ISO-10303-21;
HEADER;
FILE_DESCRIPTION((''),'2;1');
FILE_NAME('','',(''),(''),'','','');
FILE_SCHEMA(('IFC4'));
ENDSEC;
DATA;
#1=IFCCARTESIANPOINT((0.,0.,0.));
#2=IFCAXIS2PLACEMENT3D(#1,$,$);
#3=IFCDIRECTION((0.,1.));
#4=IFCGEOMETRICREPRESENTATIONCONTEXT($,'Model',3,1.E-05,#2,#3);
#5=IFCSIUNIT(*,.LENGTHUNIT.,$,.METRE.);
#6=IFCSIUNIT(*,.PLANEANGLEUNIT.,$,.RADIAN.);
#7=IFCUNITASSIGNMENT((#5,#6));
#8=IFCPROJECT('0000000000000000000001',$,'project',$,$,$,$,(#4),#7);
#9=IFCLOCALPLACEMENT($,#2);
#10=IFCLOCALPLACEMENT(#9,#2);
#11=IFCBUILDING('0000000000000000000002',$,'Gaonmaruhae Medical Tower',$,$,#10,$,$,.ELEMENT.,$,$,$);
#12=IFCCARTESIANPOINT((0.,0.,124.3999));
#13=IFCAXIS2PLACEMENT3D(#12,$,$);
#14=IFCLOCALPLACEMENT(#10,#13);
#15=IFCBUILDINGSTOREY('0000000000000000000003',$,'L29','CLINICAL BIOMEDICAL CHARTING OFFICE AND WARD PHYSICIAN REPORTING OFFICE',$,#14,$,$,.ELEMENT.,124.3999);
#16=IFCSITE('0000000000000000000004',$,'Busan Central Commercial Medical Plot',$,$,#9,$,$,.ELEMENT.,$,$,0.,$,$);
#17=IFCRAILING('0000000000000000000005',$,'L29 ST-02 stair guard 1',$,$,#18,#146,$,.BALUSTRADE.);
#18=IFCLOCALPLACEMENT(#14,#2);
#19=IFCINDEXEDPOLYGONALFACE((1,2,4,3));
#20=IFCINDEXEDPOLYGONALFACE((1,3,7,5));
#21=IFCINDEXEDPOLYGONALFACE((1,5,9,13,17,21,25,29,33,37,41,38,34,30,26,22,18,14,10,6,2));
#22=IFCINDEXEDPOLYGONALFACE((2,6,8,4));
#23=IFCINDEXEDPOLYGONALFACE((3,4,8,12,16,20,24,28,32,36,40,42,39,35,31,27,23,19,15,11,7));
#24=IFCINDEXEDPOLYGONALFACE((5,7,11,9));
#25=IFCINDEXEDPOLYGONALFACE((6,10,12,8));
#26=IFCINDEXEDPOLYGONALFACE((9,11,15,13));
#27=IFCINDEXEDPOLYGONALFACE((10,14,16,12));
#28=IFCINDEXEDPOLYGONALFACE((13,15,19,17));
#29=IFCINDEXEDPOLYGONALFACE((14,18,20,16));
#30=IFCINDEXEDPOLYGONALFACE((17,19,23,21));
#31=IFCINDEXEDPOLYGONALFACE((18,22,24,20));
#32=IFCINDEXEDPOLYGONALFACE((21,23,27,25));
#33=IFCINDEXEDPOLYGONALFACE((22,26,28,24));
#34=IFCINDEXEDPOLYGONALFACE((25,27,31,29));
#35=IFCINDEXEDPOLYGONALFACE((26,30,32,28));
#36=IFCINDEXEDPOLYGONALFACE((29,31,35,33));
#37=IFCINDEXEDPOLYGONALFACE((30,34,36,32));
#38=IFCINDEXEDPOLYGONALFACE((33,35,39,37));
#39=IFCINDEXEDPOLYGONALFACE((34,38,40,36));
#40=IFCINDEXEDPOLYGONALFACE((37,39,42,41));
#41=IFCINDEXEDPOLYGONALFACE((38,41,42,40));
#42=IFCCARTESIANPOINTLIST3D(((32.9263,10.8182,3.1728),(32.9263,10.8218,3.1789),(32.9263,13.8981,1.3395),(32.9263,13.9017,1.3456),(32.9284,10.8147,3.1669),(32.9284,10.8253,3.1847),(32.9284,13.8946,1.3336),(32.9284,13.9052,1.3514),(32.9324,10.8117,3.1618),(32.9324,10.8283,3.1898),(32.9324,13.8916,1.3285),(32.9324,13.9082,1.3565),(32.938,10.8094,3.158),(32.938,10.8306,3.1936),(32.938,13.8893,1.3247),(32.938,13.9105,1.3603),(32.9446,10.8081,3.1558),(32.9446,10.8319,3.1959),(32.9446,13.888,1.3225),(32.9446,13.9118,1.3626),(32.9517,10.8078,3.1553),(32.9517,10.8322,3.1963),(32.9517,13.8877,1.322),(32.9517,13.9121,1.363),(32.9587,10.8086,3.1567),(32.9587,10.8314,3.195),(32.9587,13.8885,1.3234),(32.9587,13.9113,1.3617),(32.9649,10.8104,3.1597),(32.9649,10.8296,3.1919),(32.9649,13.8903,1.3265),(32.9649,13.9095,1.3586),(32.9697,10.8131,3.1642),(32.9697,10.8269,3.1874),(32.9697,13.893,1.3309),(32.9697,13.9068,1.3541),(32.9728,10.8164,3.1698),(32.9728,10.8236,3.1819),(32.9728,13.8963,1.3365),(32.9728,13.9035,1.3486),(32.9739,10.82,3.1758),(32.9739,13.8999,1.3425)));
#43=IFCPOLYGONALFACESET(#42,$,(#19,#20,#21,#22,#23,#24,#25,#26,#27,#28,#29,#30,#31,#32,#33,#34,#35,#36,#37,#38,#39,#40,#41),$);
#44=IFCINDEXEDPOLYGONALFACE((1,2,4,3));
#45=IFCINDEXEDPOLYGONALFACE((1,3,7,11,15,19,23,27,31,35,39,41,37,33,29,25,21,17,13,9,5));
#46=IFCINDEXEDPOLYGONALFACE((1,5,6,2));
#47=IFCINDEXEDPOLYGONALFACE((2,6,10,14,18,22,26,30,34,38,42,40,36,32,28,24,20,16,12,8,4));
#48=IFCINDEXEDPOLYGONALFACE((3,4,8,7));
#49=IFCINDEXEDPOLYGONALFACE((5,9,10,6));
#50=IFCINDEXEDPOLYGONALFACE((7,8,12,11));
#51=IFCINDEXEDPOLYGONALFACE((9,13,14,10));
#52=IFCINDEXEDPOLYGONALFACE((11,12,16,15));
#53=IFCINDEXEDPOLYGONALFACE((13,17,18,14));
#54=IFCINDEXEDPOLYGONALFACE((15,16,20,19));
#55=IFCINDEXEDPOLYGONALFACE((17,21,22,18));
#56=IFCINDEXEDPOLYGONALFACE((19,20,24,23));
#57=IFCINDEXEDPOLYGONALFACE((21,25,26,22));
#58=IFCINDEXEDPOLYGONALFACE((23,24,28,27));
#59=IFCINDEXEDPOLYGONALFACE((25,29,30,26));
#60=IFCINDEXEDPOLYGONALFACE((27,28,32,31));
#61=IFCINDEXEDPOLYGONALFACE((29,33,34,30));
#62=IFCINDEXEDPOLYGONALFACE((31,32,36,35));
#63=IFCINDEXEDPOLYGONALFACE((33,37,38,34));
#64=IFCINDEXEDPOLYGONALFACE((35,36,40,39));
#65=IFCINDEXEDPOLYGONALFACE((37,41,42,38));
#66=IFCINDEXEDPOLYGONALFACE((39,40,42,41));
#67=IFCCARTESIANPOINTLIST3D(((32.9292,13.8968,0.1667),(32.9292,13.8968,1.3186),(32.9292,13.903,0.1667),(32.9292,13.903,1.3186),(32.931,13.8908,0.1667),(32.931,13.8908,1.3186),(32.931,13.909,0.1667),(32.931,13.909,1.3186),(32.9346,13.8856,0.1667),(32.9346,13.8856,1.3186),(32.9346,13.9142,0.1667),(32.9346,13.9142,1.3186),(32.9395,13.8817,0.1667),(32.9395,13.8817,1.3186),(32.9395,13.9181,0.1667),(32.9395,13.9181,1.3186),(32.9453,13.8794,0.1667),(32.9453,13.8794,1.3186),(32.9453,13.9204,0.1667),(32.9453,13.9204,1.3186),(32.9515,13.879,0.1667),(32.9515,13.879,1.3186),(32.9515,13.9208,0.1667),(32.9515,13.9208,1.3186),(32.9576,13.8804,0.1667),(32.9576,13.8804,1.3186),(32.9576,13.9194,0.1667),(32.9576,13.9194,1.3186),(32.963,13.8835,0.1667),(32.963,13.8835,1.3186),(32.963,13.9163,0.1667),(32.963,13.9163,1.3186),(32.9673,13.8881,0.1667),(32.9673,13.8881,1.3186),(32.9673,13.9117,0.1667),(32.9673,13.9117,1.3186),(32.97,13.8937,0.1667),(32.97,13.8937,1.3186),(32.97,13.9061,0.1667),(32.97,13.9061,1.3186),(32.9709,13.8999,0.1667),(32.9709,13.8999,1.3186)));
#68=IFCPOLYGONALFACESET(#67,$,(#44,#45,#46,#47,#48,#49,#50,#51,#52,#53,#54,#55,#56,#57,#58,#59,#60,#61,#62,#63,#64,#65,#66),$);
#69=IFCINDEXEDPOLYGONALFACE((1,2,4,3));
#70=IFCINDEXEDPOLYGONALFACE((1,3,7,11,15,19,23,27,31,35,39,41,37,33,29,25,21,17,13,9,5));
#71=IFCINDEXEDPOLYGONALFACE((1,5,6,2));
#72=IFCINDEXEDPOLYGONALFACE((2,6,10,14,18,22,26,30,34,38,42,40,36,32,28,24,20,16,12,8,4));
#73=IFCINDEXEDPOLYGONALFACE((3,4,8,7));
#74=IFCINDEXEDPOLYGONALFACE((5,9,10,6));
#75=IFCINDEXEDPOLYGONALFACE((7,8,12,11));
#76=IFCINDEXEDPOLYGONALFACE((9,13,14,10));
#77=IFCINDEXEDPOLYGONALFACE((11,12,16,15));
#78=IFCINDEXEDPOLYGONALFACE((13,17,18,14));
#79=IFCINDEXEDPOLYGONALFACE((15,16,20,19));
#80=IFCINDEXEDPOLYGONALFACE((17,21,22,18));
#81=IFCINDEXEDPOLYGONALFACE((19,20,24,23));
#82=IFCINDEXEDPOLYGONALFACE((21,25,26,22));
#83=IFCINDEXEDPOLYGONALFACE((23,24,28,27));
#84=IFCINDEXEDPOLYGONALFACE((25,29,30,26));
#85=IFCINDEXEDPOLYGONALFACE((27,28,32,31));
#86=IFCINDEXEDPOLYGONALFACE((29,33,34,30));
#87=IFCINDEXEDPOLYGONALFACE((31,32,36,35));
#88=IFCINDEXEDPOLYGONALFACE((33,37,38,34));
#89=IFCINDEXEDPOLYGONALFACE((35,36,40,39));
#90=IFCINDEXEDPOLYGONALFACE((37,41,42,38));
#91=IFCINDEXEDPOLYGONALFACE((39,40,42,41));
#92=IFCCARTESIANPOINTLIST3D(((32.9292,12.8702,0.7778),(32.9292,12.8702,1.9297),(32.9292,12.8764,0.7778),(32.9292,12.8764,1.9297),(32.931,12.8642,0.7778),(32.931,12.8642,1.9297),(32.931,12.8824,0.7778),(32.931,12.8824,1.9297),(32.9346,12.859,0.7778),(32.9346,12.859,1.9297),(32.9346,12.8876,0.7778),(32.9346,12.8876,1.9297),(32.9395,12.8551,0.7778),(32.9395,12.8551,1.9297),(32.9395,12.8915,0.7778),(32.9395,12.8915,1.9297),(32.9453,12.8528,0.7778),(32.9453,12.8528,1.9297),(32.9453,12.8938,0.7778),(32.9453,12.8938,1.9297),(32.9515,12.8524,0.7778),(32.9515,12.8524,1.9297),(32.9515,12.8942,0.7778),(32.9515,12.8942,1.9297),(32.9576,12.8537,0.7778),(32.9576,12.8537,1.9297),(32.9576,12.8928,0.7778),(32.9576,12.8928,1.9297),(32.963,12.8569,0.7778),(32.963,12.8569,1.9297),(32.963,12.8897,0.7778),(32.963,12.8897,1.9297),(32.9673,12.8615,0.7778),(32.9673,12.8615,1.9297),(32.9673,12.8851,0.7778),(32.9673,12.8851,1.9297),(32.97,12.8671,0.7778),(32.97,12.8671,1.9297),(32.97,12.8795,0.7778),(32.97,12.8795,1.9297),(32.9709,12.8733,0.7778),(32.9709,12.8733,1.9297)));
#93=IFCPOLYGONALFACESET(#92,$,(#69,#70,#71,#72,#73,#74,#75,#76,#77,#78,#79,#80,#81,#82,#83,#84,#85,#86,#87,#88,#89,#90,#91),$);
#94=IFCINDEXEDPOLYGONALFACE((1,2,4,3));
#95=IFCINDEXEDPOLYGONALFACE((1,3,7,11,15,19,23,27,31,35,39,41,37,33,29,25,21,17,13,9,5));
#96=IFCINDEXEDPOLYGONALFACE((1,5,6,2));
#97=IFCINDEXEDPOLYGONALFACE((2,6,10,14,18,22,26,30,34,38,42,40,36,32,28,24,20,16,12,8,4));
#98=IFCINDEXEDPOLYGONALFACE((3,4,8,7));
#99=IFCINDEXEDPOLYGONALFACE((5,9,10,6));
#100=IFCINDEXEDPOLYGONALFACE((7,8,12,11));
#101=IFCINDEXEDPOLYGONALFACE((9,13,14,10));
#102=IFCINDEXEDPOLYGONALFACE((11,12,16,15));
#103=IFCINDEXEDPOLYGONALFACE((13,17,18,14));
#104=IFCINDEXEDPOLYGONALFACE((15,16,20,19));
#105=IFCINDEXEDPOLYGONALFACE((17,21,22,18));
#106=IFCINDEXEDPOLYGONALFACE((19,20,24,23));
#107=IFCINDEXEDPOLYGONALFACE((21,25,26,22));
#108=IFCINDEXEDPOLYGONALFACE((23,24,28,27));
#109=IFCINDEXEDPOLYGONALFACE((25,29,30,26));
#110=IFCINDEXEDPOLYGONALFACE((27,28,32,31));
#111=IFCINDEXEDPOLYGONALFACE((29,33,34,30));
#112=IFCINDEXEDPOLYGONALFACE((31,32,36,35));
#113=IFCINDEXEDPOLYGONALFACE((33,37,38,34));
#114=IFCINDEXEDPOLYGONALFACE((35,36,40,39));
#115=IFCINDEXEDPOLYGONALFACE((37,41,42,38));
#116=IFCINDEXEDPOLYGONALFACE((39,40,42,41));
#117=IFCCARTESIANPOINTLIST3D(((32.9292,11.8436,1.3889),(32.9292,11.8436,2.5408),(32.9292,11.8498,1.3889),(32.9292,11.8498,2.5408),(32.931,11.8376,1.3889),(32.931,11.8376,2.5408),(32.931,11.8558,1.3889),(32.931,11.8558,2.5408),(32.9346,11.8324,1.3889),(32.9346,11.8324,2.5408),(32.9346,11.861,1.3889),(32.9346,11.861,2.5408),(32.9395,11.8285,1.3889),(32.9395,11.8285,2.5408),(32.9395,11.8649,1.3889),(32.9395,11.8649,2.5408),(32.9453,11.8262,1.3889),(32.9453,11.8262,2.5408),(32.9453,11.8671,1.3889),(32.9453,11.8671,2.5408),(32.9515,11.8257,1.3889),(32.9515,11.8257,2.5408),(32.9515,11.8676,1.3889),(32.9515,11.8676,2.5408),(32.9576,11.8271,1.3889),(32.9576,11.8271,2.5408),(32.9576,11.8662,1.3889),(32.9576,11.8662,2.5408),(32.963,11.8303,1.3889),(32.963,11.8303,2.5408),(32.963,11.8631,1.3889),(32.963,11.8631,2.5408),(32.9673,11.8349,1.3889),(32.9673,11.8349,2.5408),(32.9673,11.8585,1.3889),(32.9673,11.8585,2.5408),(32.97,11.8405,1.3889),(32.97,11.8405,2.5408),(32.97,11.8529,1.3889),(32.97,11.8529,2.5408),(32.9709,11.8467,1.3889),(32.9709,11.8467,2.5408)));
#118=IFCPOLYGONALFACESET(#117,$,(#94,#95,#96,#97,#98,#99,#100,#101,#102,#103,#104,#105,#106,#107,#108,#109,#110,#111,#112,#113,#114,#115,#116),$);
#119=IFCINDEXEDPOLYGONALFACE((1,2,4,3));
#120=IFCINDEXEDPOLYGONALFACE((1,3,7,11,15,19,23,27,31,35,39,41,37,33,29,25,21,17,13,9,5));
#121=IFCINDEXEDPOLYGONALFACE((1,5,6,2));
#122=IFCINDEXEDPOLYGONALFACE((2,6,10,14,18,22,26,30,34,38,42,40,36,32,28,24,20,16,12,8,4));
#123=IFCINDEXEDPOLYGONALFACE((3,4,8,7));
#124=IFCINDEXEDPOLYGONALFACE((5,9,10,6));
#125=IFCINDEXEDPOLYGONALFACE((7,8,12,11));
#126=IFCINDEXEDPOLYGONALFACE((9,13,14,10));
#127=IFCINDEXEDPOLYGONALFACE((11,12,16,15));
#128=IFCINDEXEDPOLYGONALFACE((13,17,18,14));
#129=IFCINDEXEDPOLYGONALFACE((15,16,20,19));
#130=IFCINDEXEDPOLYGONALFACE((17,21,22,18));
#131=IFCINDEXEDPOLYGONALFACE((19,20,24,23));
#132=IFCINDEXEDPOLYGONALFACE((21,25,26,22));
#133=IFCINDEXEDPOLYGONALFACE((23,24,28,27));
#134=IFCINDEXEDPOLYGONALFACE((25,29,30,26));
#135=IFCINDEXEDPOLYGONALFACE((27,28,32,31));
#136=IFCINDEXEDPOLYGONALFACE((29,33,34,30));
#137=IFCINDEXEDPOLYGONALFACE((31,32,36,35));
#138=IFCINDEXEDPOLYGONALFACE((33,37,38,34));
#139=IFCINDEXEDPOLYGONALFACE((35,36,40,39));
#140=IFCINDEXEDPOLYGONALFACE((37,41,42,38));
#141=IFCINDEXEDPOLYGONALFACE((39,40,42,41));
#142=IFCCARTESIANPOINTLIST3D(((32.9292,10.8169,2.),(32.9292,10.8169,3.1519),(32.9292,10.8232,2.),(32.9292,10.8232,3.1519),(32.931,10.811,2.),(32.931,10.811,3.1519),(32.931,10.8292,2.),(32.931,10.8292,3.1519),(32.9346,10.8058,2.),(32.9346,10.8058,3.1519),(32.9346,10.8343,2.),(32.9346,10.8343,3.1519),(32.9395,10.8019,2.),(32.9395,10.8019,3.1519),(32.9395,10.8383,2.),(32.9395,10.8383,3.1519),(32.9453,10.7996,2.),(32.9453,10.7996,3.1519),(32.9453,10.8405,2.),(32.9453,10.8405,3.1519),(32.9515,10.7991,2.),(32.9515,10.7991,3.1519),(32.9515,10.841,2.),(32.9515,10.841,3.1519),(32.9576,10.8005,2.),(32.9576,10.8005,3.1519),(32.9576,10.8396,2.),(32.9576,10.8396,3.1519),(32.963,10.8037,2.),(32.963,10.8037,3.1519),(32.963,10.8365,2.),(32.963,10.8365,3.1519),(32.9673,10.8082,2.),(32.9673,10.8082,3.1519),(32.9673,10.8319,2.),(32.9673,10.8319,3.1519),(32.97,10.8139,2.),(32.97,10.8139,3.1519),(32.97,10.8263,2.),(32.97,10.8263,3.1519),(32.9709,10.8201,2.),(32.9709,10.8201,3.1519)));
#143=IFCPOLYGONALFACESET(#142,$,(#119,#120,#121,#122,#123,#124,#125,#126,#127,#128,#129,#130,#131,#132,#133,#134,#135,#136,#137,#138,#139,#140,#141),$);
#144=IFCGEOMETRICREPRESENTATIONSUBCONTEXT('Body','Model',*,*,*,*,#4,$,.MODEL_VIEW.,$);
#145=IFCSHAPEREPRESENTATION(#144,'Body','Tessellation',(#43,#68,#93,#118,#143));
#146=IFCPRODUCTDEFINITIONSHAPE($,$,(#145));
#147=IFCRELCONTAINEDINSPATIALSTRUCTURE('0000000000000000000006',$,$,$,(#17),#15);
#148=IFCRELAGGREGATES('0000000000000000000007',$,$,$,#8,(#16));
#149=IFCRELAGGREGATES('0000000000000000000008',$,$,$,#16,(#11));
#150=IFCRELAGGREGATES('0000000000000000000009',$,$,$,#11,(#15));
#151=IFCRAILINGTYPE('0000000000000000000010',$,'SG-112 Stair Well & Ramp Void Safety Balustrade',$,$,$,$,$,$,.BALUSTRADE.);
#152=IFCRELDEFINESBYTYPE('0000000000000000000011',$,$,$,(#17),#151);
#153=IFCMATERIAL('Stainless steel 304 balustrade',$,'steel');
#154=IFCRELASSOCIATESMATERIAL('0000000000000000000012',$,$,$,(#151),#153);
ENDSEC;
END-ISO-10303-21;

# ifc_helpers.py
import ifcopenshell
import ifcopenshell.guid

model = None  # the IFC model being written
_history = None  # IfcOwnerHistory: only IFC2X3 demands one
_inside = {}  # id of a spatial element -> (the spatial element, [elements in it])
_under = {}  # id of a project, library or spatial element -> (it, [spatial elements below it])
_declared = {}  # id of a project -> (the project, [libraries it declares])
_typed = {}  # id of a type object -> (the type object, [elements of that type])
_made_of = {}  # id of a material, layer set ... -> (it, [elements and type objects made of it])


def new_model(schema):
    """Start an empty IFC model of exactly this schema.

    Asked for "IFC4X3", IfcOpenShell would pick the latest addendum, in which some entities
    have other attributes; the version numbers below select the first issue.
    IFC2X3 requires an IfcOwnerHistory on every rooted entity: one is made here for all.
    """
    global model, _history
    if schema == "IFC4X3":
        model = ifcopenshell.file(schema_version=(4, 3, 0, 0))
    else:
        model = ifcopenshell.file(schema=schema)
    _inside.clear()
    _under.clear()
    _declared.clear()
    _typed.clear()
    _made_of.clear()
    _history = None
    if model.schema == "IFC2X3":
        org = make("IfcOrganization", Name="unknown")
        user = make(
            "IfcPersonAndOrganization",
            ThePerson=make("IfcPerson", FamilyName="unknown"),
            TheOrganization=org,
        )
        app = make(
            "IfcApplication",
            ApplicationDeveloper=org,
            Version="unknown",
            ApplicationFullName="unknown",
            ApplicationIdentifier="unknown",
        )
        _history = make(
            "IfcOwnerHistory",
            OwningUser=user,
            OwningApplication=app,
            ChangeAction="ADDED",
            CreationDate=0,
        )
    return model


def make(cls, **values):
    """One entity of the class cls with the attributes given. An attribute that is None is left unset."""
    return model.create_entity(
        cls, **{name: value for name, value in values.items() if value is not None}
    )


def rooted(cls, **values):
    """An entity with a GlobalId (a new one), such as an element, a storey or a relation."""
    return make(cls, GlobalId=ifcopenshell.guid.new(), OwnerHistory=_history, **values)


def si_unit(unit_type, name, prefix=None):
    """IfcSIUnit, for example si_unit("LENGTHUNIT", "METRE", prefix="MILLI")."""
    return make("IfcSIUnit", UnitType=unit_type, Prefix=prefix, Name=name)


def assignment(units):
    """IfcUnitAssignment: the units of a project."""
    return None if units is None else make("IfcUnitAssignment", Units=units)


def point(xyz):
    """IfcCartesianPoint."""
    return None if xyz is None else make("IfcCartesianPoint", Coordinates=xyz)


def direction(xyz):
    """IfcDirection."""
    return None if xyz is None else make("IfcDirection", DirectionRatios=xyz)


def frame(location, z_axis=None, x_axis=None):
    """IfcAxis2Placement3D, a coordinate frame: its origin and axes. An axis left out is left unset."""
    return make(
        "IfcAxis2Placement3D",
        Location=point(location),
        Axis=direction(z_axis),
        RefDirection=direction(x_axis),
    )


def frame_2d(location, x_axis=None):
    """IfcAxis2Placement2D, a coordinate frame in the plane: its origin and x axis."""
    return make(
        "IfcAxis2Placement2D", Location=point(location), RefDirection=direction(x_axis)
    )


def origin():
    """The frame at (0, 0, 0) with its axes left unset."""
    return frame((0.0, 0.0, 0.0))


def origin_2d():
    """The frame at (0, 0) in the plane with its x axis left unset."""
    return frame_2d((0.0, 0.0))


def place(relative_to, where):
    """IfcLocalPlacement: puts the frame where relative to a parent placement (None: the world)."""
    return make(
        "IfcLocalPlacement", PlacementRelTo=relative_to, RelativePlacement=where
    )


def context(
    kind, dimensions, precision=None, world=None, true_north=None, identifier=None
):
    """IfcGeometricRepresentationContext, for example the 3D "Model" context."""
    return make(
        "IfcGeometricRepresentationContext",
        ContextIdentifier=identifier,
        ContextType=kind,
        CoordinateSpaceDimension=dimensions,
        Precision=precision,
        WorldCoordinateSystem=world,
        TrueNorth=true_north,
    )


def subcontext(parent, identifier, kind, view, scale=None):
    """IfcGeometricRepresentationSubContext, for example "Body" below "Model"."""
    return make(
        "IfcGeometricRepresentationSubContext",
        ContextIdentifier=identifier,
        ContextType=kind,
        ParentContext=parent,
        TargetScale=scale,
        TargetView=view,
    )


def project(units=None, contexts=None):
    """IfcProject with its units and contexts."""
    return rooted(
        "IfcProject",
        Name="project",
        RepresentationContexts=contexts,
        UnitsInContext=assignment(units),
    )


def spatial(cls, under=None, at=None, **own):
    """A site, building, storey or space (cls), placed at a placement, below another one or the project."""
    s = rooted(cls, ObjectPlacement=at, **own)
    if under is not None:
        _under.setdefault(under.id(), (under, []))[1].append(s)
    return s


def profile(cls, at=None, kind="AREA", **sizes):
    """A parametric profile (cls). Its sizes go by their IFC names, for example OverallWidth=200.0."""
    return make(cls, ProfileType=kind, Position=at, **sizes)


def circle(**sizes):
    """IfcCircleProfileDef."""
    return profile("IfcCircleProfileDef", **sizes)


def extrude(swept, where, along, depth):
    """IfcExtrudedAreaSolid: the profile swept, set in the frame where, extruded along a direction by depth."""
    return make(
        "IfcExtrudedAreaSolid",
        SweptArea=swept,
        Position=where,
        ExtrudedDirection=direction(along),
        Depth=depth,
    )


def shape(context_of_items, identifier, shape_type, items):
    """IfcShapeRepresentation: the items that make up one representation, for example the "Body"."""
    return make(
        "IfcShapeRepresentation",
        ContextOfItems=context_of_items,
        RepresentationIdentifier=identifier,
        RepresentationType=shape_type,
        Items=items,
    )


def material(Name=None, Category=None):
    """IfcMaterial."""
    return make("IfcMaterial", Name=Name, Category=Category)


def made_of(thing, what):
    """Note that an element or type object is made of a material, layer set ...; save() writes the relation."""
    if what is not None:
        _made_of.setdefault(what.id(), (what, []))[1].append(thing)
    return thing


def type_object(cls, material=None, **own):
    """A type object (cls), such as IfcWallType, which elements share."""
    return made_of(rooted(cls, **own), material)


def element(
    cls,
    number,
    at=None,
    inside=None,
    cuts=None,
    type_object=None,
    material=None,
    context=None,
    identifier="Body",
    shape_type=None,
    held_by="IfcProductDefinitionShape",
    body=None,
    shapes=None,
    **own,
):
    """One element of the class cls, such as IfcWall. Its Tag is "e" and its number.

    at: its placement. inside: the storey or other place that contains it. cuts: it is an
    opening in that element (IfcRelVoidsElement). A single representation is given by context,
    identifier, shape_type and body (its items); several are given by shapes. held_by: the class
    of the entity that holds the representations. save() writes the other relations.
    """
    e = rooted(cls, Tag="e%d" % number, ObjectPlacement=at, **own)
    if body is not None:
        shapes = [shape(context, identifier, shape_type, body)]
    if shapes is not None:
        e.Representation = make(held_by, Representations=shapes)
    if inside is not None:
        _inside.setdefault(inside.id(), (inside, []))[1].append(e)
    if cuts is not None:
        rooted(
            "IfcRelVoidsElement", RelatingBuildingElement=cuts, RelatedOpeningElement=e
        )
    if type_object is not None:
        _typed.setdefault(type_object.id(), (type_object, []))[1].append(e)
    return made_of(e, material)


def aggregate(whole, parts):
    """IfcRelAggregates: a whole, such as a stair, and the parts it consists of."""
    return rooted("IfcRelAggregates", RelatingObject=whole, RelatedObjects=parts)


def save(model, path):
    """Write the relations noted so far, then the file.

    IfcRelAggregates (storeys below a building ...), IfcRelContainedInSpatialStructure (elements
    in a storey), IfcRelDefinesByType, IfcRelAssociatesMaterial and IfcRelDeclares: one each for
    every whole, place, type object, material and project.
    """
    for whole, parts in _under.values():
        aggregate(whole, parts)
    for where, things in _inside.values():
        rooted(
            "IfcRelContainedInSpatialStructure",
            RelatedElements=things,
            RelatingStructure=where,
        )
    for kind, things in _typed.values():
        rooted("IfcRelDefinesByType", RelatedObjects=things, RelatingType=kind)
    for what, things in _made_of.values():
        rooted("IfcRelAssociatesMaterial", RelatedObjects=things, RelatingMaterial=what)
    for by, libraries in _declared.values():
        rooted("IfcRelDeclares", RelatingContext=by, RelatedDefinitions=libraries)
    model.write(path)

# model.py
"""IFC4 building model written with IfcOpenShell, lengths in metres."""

from ifc_helpers import new_model, si_unit, direction, frame, origin, origin_2d, place, context, subcontext, project, spatial, circle, extrude, material, type_object, element, save


model = new_model("IFC4")

# Units and contexts
model_context = context("Model", 3, precision=1e-05, world=origin(), true_north=direction((0.0, 1.0)))
body_context = subcontext(model_context, "Body", "Model", "MODEL_VIEW")
ifc_project = project(units=[si_unit("LENGTHUNIT", "METRE"), si_unit("PLANEANGLEUNIT", "RADIAN")], contexts=[model_context])

# Site, building, storey
site_placement = place(None, origin())
site = spatial("IfcSite", under=ifc_project, at=site_placement, Name="Busan Central Commercial Medical Plot", CompositionType="ELEMENT", RefElevation=0.0)
building_placement = place(site_placement, origin())
building = spatial("IfcBuilding", under=site, at=building_placement, Name="Gaonmaruhae Medical Tower", CompositionType="ELEMENT")
storey_placement = place(building_placement, frame((0.0, 0.0, 124.3999)))
storey = spatial("IfcBuildingStorey", under=building, at=storey_placement, Name="L29", Description="CLINICAL BIOMEDICAL CHARTING OFFICE AND WARD PHYSICIAN REPORTING OFFICE", CompositionType="ELEMENT", Elevation=124.3999)

# Railing
ifc_material_1 = material(Name="Stainless steel 304 balustrade", Category="steel")
railing_type_1 = type_object("IfcRailingType", Name="SG-112 Stair Well & Ramp Void Safety Balustrade", PredefinedType="BALUSTRADE", material=ifc_material_1)
railing_1_placement = place(storey_placement, frame((32.95, 13.8999, 0.1667)))
element("IfcRailing", 1, at=railing_1_placement, inside=storey, type_object=railing_type_1, Name="L29 ST-02 stair guard 1", PredefinedType="BALUSTRADE", context=body_context, shape_type="SweptSolid", body=[
    extrude(circle(Radius=0.0239, at=origin_2d()), frame((0.0, 0.0, 1.1758), z_axis=(0.0, -0.859291, 0.511487), x_axis=(1.0, 0.0, 0.0)), (0.0, 0.0, 1.0), 3.5842),
    extrude(circle(Radius=0.021, at=origin_2d()), origin(), (0.0, 0.0, 1.0), 1.1519),
    extrude(circle(Radius=0.021, at=origin_2d()), frame((0.0, -1.0266, 0.6111)), (0.0, 0.0, 1.0), 1.1519),
    extrude(circle(Radius=0.021, at=origin_2d()), frame((0.0, -2.0532, 1.2222)), (0.0, 0.0, 1.0), 1.1519),
    extrude(circle(Radius=0.021, at=origin_2d()), frame((0.0, -3.0798, 1.8333)), (0.0, 0.0, 1.0), 1.1519),
])

save(model, "model.ifc")
